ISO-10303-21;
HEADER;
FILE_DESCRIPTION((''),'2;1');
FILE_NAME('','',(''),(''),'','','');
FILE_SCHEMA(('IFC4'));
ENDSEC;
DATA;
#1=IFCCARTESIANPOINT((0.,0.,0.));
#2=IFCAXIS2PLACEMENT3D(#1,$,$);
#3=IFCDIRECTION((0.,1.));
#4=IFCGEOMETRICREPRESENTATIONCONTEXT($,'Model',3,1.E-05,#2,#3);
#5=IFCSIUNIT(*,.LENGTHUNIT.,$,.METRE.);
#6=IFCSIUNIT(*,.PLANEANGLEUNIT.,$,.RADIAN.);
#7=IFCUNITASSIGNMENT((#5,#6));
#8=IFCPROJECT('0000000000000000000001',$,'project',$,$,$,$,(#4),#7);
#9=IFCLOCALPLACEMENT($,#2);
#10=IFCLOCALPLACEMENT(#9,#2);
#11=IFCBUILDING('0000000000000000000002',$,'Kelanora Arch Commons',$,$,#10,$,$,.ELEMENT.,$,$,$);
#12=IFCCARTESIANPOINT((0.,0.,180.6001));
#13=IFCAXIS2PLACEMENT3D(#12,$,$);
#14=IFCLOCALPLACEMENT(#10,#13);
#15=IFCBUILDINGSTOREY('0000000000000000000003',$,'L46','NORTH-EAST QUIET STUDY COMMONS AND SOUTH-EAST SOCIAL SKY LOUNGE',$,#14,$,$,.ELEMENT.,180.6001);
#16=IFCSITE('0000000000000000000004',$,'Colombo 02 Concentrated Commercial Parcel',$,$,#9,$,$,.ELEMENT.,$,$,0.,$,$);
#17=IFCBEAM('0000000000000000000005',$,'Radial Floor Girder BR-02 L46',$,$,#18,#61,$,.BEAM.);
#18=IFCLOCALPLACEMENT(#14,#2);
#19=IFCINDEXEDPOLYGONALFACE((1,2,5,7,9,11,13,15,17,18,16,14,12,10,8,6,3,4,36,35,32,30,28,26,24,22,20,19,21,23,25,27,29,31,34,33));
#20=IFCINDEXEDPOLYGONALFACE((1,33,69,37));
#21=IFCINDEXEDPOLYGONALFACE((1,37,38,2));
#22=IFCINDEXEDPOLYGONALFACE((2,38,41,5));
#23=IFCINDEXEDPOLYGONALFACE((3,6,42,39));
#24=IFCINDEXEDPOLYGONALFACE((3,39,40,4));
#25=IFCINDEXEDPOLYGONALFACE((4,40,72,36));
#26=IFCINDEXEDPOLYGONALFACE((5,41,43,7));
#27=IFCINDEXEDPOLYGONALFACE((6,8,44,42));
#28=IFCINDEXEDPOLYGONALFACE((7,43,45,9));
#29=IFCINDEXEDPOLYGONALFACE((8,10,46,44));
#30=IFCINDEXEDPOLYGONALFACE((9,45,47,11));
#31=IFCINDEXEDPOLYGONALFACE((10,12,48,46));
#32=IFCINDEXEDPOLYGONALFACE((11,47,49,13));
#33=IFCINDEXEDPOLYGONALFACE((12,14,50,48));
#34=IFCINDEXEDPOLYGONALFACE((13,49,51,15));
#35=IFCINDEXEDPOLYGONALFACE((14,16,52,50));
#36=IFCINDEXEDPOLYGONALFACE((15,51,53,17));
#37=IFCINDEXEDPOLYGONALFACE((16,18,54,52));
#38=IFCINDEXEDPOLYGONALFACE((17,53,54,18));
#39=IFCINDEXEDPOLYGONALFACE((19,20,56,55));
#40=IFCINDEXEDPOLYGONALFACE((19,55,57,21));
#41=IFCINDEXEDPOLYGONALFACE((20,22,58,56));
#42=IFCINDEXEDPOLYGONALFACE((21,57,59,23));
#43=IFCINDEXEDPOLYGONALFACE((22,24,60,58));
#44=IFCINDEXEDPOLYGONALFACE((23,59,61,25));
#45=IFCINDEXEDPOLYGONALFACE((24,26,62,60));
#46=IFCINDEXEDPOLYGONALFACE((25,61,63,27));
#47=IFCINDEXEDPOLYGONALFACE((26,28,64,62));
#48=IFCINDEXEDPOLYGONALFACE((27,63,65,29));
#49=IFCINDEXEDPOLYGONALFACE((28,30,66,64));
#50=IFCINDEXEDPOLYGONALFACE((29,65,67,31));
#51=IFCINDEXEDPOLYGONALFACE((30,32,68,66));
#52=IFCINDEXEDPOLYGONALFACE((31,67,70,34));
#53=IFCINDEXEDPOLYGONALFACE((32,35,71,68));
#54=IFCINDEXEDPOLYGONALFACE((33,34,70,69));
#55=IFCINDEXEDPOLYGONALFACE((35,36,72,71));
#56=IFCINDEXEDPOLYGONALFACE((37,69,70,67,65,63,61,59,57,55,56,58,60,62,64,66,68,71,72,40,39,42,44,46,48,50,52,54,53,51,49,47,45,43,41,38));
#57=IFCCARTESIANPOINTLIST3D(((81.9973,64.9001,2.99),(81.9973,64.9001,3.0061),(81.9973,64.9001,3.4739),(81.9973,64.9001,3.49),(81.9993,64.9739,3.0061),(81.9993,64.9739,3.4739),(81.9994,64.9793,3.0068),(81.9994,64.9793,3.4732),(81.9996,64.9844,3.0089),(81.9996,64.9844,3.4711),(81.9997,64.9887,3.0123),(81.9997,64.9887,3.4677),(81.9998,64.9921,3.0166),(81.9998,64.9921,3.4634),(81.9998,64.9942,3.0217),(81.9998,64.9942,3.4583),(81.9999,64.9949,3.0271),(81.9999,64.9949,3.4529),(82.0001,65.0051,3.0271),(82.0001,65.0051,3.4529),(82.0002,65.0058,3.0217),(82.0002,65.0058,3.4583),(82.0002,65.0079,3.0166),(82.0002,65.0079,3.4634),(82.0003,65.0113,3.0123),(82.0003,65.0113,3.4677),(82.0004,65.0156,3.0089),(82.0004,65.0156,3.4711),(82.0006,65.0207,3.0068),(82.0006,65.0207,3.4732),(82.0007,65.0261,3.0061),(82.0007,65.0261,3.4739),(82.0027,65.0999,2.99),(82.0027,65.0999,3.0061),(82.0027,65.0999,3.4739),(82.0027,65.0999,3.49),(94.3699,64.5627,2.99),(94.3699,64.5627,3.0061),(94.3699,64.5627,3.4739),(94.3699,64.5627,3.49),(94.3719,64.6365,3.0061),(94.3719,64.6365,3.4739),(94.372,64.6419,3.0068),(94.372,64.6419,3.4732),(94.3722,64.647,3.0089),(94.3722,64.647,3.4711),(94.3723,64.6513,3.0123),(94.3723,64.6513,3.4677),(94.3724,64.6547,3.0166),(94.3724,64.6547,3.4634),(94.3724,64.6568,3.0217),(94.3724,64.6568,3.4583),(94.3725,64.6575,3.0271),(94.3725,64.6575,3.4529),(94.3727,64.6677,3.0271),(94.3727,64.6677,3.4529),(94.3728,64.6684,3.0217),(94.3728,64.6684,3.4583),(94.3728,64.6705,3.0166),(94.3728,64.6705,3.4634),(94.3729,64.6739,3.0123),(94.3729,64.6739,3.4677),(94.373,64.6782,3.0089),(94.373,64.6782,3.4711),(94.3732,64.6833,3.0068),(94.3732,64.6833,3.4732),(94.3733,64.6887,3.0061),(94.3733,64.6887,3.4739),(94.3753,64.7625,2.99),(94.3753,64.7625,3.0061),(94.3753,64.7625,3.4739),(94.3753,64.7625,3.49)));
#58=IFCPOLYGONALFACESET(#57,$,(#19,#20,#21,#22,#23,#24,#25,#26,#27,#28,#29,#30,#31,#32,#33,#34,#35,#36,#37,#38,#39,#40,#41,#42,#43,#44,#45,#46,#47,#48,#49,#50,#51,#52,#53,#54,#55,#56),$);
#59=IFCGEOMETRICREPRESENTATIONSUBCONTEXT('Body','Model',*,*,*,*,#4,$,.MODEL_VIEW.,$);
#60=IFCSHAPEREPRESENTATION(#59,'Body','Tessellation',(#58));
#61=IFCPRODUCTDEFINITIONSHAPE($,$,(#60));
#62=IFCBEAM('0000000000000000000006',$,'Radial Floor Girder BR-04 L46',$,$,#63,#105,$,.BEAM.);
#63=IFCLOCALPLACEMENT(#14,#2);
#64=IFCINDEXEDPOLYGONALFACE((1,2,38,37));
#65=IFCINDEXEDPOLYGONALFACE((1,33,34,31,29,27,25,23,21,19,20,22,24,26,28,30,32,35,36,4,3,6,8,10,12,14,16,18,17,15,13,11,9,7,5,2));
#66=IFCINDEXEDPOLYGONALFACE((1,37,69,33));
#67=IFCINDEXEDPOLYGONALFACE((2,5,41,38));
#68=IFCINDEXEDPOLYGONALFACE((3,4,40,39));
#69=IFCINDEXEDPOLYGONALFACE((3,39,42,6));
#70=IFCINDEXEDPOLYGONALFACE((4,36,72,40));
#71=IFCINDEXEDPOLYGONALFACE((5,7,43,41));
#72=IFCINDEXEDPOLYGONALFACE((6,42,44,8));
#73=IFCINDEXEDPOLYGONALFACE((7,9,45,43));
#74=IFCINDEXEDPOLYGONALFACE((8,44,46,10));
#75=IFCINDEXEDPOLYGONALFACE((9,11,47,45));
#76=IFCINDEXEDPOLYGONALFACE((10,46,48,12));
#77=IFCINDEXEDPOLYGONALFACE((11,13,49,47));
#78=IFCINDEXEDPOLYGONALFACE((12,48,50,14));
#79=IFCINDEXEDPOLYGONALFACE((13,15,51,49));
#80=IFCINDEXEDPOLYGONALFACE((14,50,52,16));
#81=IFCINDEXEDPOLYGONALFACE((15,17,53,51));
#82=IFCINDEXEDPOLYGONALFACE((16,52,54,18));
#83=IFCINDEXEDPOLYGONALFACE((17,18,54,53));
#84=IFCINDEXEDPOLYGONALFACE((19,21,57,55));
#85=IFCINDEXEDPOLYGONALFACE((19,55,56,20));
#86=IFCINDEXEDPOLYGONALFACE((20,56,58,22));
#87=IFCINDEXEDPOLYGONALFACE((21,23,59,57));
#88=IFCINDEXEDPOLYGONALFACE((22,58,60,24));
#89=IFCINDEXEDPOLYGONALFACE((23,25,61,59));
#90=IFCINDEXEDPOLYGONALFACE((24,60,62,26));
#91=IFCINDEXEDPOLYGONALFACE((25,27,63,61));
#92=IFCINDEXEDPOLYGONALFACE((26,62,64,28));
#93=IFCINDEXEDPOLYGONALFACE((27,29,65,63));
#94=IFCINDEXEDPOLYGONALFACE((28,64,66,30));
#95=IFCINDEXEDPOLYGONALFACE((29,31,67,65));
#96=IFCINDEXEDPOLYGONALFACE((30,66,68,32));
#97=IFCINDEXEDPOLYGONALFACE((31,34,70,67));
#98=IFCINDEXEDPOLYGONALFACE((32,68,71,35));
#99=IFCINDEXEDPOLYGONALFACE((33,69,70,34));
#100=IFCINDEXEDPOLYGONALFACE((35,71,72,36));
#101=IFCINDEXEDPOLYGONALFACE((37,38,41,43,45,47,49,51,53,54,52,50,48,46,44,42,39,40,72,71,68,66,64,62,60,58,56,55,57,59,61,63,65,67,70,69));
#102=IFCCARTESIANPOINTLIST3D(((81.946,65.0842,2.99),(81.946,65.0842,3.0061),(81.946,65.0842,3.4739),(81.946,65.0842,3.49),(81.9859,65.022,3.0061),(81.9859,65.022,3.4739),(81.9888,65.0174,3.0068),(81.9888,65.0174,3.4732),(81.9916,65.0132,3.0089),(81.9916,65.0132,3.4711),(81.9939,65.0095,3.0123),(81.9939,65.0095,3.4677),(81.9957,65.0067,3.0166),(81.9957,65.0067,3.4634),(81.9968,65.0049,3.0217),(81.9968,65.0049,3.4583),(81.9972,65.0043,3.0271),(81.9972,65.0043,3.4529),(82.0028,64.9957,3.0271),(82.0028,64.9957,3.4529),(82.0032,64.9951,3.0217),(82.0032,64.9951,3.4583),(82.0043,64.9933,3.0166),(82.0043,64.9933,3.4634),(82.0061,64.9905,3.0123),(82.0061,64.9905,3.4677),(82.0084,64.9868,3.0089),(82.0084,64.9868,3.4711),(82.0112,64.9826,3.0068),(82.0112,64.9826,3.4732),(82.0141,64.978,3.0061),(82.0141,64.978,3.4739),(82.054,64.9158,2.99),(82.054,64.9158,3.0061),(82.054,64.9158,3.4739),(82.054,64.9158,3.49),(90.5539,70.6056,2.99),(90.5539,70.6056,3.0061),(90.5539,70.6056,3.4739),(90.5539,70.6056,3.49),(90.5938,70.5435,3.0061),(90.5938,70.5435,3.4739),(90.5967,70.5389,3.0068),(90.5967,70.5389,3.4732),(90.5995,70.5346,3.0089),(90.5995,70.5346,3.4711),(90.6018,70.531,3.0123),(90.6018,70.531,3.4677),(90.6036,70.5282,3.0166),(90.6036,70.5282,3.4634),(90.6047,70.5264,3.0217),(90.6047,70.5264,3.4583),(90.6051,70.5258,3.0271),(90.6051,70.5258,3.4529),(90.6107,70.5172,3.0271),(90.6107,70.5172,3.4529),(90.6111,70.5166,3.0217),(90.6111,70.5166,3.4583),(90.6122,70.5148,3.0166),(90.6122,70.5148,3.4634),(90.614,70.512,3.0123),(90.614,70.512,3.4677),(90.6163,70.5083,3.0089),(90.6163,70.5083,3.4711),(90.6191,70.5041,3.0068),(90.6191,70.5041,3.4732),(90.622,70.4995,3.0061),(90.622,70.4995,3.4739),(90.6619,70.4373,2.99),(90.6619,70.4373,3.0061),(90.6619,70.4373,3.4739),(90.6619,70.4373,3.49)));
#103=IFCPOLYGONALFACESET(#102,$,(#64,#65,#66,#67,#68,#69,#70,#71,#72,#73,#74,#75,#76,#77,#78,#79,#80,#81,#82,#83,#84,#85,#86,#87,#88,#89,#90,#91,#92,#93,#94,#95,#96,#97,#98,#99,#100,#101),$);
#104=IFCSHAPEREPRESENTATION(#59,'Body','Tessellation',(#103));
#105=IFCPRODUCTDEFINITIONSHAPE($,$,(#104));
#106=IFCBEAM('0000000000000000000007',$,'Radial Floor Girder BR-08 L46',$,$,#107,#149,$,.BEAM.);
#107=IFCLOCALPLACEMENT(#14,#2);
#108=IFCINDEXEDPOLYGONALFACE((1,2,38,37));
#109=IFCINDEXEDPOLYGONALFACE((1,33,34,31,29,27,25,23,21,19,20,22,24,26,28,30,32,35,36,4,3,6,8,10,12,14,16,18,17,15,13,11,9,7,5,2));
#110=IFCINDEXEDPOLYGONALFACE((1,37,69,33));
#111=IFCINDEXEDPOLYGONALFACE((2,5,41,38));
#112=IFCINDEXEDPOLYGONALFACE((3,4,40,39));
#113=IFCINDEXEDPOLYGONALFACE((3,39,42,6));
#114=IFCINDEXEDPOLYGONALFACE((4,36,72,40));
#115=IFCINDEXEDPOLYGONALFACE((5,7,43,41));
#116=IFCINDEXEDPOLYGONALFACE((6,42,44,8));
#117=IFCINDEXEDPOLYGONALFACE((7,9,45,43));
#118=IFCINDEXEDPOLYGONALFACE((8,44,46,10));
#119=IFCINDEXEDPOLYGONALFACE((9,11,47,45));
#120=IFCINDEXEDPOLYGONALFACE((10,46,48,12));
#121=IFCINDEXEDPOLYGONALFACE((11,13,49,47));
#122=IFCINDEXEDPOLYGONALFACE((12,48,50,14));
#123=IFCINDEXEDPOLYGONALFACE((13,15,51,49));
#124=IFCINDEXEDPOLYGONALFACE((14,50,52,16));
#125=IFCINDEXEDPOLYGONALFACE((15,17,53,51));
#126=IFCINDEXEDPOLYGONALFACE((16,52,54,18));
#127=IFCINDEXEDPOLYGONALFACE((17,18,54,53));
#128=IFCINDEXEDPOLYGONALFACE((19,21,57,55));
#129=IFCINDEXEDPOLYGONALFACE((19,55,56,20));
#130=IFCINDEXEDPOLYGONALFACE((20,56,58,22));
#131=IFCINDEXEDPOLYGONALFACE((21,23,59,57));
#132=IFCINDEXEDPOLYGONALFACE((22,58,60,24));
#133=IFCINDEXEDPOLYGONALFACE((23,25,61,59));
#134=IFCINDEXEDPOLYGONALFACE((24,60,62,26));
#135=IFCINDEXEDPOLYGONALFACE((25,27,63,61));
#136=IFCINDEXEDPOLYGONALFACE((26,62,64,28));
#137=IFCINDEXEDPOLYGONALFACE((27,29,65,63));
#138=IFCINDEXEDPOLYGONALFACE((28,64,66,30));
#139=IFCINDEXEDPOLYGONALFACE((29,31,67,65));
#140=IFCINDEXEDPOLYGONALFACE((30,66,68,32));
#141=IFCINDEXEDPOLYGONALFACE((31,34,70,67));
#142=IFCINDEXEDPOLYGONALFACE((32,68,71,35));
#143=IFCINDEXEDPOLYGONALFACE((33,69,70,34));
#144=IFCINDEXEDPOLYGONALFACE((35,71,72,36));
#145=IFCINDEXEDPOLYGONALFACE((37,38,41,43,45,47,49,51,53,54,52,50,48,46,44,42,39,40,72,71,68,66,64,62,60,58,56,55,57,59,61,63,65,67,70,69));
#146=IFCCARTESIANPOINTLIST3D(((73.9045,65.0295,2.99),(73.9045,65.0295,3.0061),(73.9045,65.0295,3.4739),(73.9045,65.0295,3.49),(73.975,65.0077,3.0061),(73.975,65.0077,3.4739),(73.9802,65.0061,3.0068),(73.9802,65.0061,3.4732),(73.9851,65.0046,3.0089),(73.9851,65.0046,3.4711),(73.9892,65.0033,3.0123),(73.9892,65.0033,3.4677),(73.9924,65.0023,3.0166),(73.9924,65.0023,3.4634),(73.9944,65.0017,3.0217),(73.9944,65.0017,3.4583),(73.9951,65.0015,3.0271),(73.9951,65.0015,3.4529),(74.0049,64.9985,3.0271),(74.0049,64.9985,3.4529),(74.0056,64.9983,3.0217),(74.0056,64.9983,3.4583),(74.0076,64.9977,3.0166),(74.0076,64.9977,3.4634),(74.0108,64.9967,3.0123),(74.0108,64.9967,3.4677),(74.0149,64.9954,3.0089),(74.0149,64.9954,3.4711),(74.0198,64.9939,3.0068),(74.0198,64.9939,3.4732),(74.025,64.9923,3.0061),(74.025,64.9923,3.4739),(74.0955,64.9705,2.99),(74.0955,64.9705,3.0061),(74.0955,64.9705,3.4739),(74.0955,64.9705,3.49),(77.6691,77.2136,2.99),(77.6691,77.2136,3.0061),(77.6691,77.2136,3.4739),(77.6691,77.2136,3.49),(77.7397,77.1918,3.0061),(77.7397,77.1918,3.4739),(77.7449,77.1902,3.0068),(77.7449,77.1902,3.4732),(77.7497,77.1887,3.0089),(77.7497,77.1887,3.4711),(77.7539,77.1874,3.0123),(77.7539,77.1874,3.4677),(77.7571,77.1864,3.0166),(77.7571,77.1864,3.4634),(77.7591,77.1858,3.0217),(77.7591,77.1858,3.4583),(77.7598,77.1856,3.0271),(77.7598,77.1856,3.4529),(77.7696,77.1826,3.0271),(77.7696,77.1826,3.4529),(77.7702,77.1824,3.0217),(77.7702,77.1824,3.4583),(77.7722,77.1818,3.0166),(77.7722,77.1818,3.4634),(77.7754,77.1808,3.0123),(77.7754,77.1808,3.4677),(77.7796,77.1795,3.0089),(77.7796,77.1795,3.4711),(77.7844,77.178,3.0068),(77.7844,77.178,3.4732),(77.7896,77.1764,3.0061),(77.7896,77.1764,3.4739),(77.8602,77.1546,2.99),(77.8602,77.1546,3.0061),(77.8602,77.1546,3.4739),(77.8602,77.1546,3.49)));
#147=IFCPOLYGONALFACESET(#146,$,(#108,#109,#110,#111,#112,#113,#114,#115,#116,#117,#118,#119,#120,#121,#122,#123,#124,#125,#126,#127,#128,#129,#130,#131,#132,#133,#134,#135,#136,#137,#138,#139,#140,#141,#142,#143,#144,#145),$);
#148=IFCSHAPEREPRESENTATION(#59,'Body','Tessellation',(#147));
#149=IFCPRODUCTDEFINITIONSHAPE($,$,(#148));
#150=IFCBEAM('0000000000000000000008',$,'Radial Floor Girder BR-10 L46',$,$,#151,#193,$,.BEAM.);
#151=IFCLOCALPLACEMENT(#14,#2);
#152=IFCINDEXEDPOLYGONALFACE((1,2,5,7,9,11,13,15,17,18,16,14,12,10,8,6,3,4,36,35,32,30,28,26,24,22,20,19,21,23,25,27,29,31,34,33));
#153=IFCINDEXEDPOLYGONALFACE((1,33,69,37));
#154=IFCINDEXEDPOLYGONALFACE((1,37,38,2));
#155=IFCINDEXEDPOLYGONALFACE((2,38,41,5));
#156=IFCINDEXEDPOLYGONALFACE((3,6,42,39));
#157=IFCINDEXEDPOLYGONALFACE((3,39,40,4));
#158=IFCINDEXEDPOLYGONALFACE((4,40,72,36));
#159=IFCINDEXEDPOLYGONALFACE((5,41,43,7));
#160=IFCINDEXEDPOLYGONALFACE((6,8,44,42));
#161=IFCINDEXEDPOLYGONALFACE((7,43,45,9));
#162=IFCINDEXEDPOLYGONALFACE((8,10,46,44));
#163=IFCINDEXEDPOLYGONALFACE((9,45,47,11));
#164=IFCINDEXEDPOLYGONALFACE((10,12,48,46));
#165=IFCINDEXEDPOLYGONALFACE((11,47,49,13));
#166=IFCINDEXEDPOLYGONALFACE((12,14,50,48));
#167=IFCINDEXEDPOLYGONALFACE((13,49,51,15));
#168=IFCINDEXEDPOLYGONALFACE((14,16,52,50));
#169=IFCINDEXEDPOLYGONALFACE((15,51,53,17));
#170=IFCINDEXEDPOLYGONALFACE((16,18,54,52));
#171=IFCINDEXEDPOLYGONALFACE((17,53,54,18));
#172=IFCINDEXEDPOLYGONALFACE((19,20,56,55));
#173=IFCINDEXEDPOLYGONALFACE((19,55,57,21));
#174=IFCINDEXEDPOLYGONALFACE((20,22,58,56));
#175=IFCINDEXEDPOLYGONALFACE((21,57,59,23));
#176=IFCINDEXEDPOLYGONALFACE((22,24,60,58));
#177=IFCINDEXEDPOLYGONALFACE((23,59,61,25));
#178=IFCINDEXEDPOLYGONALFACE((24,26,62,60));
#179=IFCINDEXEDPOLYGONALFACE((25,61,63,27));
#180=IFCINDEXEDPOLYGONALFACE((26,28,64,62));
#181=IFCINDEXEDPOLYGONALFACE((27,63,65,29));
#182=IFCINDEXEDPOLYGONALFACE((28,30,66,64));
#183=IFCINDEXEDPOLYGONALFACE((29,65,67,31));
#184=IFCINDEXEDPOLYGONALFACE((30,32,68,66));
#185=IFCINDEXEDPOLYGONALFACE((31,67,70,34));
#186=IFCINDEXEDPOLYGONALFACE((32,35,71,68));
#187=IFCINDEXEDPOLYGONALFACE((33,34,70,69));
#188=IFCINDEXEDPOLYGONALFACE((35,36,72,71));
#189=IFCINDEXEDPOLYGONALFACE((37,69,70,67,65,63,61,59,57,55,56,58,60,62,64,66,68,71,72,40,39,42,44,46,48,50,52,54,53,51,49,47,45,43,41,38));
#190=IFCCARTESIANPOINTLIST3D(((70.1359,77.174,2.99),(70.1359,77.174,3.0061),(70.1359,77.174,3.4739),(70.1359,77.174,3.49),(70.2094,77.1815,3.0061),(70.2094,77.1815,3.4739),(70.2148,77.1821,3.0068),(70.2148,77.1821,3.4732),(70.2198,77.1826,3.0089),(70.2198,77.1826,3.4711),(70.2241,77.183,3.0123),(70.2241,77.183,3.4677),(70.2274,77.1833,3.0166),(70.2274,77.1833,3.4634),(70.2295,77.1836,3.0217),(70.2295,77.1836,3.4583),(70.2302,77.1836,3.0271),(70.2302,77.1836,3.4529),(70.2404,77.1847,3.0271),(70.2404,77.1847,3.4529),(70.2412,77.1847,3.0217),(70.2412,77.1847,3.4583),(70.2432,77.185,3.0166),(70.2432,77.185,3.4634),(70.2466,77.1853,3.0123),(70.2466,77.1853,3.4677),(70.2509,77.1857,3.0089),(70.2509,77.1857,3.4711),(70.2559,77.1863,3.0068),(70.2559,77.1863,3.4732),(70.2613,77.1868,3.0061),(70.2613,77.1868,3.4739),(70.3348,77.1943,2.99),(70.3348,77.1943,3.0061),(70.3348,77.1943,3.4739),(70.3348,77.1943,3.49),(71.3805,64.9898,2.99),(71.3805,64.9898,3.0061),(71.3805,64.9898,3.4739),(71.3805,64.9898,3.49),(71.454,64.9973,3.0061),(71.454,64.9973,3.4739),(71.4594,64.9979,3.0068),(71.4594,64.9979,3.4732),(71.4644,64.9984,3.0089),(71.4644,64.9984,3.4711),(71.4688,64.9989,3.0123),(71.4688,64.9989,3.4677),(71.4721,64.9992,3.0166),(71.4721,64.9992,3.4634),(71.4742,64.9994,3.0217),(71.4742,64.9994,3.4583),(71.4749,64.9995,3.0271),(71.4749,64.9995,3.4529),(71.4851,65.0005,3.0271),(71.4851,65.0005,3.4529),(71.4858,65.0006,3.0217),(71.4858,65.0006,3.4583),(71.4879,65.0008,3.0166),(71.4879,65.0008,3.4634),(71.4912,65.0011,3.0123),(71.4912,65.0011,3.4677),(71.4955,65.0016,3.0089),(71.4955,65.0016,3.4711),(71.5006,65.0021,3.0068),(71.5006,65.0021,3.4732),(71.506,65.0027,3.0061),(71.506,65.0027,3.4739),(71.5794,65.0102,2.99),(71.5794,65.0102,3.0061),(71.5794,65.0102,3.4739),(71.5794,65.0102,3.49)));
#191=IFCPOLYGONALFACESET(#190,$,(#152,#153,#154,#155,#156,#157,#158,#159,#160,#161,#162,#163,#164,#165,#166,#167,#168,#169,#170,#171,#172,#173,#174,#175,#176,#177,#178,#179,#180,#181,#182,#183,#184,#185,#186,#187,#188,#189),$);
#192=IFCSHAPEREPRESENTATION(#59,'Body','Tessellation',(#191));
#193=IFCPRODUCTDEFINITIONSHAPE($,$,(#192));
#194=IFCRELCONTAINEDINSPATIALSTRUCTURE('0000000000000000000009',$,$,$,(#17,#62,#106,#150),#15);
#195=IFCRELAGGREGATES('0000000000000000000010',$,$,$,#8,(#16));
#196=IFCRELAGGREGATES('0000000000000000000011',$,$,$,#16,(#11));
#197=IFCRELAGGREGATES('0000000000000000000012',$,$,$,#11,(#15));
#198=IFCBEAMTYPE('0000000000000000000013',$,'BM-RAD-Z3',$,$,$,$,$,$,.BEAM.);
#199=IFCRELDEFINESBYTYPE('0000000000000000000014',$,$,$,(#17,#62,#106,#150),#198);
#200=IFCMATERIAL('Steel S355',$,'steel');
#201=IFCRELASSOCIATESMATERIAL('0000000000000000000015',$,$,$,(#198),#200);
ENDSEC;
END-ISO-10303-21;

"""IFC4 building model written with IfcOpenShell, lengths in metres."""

from ifc_helpers import new_model, si_unit, direction, frame, origin, origin_2d, place, context, subcontext, project, spatial, i_section, extrude, material, material_profile, profile_set, type_object, element, save


model = new_model("IFC4")

# Units and contexts
model_context = context("Model", 3, precision=1e-05, world=origin(), true_north=direction((0.0, 1.0)))
body_context = subcontext(model_context, "Body", "Model", "MODEL_VIEW")
ifc_project = project(units=[si_unit("LENGTHUNIT", "METRE"), si_unit("PLANEANGLEUNIT", "RADIAN")], contexts=[model_context])

# Site, building, storey
site_placement = place(None, origin())
site = spatial("IfcSite", under=ifc_project, at=site_placement, Name="Colombo 02 Concentrated Commercial Parcel", CompositionType="ELEMENT", RefElevation=0.0)
building_placement = place(site_placement, origin())
building = spatial("IfcBuilding", under=site, at=building_placement, Name="Kelanora Arch Commons", CompositionType="ELEMENT")
storey_placement = place(building_placement, frame((0.0, 0.0, 180.6001)))
storey = spatial("IfcBuildingStorey", under=building, at=storey_placement, Name="L46", Description="NORTH-EAST QUIET STUDY COMMONS AND SOUTH-EAST SOCIAL SKY LOUNGE", CompositionType="ELEMENT", Elevation=180.6001)

# Beams
ifc_material_1 = material(Name="Steel S355", Category="steel")
ifc_material_profile_1 = material_profile(ifc_material_1, i_section(OverallWidth=0.2, OverallDepth=0.5, WebThickness=0.0103, FlangeThickness=0.0161, FilletRadius=0.021, at=origin_2d()), Name="IPE500")
ifc_profile_set_1 = profile_set([ifc_material_profile_1], Name="Steel S355")
beam_type_1 = type_object("IfcBeamType", Name="BM-RAD-Z3", PredefinedType="BEAM", material=ifc_profile_set_1)
beam_1_placement = place(storey_placement, frame((82.0, 65.0, 3.24), z_axis=(0.999628, -0.02726, 0.0), x_axis=(0.02726, 0.999628, 0.0)))
element("IfcBeam", 1, at=beam_1_placement, inside=storey, type_object=beam_type_1, Name="Radial Floor Girder BR-02 L46", PredefinedType="BEAM", context=body_context, shape_type="SweptSolid", body=[
    extrude(i_section(OverallWidth=0.2, OverallDepth=0.5, WebThickness=0.0103, FlangeThickness=0.0161, FilletRadius=0.021, at=origin_2d()), origin(), (0.0, 0.0, 1.0), 12.3772),
])
beam_2_placement = place(storey_placement, frame((82.0, 65.0, 3.24), z_axis=(0.841719, 0.539915, 0.0), x_axis=(-0.539915, 0.841719, 0.0)))
element("IfcBeam", 2, at=beam_2_placement, inside=storey, type_object=beam_type_1, Name="Radial Floor Girder BR-04 L46", PredefinedType="BEAM", context=body_context, shape_type="SweptSolid", body=[
    extrude(i_section(OverallWidth=0.2, OverallDepth=0.5, WebThickness=0.0103, FlangeThickness=0.0161, FilletRadius=0.021, at=origin_2d()), origin(), (0.0, 0.0, 1.0), 10.2266),
])
beam_3_placement = place(storey_placement, frame((74.0, 65.0, 3.24), z_axis=(0.29521, 0.955432, 0.0), x_axis=(-0.955432, 0.29521, 0.0)))
element("IfcBeam", 3, at=beam_3_placement, inside=storey, type_object=beam_type_1, Name="Radial Floor Girder BR-08 L46", PredefinedType="BEAM", context=body_context, shape_type="SweptSolid", body=[
    extrude(i_section(OverallWidth=0.2, OverallDepth=0.5, WebThickness=0.0103, FlangeThickness=0.0161, FilletRadius=0.021, at=origin_2d()), origin(), (0.0, 0.0, 1.0), 12.7524),
])
beam_4_placement = place(storey_placement, frame((71.48, 65.0, 3.24), z_axis=(-0.101623, 0.994823, 0.0), x_axis=(-0.994823, -0.101623, 0.0)))
element("IfcBeam", 4, at=beam_4_placement, inside=storey, type_object=beam_type_1, Name="Radial Floor Girder BR-10 L46", PredefinedType="BEAM", context=body_context, shape_type="SweptSolid", body=[
    extrude(i_section(OverallWidth=0.2, OverallDepth=0.5, WebThickness=0.0103, FlangeThickness=0.0161, FilletRadius=0.021, at=origin_2d()), origin(), (0.0, 0.0, 1.0), 12.2476),
])

save(model, "model.ifc")
